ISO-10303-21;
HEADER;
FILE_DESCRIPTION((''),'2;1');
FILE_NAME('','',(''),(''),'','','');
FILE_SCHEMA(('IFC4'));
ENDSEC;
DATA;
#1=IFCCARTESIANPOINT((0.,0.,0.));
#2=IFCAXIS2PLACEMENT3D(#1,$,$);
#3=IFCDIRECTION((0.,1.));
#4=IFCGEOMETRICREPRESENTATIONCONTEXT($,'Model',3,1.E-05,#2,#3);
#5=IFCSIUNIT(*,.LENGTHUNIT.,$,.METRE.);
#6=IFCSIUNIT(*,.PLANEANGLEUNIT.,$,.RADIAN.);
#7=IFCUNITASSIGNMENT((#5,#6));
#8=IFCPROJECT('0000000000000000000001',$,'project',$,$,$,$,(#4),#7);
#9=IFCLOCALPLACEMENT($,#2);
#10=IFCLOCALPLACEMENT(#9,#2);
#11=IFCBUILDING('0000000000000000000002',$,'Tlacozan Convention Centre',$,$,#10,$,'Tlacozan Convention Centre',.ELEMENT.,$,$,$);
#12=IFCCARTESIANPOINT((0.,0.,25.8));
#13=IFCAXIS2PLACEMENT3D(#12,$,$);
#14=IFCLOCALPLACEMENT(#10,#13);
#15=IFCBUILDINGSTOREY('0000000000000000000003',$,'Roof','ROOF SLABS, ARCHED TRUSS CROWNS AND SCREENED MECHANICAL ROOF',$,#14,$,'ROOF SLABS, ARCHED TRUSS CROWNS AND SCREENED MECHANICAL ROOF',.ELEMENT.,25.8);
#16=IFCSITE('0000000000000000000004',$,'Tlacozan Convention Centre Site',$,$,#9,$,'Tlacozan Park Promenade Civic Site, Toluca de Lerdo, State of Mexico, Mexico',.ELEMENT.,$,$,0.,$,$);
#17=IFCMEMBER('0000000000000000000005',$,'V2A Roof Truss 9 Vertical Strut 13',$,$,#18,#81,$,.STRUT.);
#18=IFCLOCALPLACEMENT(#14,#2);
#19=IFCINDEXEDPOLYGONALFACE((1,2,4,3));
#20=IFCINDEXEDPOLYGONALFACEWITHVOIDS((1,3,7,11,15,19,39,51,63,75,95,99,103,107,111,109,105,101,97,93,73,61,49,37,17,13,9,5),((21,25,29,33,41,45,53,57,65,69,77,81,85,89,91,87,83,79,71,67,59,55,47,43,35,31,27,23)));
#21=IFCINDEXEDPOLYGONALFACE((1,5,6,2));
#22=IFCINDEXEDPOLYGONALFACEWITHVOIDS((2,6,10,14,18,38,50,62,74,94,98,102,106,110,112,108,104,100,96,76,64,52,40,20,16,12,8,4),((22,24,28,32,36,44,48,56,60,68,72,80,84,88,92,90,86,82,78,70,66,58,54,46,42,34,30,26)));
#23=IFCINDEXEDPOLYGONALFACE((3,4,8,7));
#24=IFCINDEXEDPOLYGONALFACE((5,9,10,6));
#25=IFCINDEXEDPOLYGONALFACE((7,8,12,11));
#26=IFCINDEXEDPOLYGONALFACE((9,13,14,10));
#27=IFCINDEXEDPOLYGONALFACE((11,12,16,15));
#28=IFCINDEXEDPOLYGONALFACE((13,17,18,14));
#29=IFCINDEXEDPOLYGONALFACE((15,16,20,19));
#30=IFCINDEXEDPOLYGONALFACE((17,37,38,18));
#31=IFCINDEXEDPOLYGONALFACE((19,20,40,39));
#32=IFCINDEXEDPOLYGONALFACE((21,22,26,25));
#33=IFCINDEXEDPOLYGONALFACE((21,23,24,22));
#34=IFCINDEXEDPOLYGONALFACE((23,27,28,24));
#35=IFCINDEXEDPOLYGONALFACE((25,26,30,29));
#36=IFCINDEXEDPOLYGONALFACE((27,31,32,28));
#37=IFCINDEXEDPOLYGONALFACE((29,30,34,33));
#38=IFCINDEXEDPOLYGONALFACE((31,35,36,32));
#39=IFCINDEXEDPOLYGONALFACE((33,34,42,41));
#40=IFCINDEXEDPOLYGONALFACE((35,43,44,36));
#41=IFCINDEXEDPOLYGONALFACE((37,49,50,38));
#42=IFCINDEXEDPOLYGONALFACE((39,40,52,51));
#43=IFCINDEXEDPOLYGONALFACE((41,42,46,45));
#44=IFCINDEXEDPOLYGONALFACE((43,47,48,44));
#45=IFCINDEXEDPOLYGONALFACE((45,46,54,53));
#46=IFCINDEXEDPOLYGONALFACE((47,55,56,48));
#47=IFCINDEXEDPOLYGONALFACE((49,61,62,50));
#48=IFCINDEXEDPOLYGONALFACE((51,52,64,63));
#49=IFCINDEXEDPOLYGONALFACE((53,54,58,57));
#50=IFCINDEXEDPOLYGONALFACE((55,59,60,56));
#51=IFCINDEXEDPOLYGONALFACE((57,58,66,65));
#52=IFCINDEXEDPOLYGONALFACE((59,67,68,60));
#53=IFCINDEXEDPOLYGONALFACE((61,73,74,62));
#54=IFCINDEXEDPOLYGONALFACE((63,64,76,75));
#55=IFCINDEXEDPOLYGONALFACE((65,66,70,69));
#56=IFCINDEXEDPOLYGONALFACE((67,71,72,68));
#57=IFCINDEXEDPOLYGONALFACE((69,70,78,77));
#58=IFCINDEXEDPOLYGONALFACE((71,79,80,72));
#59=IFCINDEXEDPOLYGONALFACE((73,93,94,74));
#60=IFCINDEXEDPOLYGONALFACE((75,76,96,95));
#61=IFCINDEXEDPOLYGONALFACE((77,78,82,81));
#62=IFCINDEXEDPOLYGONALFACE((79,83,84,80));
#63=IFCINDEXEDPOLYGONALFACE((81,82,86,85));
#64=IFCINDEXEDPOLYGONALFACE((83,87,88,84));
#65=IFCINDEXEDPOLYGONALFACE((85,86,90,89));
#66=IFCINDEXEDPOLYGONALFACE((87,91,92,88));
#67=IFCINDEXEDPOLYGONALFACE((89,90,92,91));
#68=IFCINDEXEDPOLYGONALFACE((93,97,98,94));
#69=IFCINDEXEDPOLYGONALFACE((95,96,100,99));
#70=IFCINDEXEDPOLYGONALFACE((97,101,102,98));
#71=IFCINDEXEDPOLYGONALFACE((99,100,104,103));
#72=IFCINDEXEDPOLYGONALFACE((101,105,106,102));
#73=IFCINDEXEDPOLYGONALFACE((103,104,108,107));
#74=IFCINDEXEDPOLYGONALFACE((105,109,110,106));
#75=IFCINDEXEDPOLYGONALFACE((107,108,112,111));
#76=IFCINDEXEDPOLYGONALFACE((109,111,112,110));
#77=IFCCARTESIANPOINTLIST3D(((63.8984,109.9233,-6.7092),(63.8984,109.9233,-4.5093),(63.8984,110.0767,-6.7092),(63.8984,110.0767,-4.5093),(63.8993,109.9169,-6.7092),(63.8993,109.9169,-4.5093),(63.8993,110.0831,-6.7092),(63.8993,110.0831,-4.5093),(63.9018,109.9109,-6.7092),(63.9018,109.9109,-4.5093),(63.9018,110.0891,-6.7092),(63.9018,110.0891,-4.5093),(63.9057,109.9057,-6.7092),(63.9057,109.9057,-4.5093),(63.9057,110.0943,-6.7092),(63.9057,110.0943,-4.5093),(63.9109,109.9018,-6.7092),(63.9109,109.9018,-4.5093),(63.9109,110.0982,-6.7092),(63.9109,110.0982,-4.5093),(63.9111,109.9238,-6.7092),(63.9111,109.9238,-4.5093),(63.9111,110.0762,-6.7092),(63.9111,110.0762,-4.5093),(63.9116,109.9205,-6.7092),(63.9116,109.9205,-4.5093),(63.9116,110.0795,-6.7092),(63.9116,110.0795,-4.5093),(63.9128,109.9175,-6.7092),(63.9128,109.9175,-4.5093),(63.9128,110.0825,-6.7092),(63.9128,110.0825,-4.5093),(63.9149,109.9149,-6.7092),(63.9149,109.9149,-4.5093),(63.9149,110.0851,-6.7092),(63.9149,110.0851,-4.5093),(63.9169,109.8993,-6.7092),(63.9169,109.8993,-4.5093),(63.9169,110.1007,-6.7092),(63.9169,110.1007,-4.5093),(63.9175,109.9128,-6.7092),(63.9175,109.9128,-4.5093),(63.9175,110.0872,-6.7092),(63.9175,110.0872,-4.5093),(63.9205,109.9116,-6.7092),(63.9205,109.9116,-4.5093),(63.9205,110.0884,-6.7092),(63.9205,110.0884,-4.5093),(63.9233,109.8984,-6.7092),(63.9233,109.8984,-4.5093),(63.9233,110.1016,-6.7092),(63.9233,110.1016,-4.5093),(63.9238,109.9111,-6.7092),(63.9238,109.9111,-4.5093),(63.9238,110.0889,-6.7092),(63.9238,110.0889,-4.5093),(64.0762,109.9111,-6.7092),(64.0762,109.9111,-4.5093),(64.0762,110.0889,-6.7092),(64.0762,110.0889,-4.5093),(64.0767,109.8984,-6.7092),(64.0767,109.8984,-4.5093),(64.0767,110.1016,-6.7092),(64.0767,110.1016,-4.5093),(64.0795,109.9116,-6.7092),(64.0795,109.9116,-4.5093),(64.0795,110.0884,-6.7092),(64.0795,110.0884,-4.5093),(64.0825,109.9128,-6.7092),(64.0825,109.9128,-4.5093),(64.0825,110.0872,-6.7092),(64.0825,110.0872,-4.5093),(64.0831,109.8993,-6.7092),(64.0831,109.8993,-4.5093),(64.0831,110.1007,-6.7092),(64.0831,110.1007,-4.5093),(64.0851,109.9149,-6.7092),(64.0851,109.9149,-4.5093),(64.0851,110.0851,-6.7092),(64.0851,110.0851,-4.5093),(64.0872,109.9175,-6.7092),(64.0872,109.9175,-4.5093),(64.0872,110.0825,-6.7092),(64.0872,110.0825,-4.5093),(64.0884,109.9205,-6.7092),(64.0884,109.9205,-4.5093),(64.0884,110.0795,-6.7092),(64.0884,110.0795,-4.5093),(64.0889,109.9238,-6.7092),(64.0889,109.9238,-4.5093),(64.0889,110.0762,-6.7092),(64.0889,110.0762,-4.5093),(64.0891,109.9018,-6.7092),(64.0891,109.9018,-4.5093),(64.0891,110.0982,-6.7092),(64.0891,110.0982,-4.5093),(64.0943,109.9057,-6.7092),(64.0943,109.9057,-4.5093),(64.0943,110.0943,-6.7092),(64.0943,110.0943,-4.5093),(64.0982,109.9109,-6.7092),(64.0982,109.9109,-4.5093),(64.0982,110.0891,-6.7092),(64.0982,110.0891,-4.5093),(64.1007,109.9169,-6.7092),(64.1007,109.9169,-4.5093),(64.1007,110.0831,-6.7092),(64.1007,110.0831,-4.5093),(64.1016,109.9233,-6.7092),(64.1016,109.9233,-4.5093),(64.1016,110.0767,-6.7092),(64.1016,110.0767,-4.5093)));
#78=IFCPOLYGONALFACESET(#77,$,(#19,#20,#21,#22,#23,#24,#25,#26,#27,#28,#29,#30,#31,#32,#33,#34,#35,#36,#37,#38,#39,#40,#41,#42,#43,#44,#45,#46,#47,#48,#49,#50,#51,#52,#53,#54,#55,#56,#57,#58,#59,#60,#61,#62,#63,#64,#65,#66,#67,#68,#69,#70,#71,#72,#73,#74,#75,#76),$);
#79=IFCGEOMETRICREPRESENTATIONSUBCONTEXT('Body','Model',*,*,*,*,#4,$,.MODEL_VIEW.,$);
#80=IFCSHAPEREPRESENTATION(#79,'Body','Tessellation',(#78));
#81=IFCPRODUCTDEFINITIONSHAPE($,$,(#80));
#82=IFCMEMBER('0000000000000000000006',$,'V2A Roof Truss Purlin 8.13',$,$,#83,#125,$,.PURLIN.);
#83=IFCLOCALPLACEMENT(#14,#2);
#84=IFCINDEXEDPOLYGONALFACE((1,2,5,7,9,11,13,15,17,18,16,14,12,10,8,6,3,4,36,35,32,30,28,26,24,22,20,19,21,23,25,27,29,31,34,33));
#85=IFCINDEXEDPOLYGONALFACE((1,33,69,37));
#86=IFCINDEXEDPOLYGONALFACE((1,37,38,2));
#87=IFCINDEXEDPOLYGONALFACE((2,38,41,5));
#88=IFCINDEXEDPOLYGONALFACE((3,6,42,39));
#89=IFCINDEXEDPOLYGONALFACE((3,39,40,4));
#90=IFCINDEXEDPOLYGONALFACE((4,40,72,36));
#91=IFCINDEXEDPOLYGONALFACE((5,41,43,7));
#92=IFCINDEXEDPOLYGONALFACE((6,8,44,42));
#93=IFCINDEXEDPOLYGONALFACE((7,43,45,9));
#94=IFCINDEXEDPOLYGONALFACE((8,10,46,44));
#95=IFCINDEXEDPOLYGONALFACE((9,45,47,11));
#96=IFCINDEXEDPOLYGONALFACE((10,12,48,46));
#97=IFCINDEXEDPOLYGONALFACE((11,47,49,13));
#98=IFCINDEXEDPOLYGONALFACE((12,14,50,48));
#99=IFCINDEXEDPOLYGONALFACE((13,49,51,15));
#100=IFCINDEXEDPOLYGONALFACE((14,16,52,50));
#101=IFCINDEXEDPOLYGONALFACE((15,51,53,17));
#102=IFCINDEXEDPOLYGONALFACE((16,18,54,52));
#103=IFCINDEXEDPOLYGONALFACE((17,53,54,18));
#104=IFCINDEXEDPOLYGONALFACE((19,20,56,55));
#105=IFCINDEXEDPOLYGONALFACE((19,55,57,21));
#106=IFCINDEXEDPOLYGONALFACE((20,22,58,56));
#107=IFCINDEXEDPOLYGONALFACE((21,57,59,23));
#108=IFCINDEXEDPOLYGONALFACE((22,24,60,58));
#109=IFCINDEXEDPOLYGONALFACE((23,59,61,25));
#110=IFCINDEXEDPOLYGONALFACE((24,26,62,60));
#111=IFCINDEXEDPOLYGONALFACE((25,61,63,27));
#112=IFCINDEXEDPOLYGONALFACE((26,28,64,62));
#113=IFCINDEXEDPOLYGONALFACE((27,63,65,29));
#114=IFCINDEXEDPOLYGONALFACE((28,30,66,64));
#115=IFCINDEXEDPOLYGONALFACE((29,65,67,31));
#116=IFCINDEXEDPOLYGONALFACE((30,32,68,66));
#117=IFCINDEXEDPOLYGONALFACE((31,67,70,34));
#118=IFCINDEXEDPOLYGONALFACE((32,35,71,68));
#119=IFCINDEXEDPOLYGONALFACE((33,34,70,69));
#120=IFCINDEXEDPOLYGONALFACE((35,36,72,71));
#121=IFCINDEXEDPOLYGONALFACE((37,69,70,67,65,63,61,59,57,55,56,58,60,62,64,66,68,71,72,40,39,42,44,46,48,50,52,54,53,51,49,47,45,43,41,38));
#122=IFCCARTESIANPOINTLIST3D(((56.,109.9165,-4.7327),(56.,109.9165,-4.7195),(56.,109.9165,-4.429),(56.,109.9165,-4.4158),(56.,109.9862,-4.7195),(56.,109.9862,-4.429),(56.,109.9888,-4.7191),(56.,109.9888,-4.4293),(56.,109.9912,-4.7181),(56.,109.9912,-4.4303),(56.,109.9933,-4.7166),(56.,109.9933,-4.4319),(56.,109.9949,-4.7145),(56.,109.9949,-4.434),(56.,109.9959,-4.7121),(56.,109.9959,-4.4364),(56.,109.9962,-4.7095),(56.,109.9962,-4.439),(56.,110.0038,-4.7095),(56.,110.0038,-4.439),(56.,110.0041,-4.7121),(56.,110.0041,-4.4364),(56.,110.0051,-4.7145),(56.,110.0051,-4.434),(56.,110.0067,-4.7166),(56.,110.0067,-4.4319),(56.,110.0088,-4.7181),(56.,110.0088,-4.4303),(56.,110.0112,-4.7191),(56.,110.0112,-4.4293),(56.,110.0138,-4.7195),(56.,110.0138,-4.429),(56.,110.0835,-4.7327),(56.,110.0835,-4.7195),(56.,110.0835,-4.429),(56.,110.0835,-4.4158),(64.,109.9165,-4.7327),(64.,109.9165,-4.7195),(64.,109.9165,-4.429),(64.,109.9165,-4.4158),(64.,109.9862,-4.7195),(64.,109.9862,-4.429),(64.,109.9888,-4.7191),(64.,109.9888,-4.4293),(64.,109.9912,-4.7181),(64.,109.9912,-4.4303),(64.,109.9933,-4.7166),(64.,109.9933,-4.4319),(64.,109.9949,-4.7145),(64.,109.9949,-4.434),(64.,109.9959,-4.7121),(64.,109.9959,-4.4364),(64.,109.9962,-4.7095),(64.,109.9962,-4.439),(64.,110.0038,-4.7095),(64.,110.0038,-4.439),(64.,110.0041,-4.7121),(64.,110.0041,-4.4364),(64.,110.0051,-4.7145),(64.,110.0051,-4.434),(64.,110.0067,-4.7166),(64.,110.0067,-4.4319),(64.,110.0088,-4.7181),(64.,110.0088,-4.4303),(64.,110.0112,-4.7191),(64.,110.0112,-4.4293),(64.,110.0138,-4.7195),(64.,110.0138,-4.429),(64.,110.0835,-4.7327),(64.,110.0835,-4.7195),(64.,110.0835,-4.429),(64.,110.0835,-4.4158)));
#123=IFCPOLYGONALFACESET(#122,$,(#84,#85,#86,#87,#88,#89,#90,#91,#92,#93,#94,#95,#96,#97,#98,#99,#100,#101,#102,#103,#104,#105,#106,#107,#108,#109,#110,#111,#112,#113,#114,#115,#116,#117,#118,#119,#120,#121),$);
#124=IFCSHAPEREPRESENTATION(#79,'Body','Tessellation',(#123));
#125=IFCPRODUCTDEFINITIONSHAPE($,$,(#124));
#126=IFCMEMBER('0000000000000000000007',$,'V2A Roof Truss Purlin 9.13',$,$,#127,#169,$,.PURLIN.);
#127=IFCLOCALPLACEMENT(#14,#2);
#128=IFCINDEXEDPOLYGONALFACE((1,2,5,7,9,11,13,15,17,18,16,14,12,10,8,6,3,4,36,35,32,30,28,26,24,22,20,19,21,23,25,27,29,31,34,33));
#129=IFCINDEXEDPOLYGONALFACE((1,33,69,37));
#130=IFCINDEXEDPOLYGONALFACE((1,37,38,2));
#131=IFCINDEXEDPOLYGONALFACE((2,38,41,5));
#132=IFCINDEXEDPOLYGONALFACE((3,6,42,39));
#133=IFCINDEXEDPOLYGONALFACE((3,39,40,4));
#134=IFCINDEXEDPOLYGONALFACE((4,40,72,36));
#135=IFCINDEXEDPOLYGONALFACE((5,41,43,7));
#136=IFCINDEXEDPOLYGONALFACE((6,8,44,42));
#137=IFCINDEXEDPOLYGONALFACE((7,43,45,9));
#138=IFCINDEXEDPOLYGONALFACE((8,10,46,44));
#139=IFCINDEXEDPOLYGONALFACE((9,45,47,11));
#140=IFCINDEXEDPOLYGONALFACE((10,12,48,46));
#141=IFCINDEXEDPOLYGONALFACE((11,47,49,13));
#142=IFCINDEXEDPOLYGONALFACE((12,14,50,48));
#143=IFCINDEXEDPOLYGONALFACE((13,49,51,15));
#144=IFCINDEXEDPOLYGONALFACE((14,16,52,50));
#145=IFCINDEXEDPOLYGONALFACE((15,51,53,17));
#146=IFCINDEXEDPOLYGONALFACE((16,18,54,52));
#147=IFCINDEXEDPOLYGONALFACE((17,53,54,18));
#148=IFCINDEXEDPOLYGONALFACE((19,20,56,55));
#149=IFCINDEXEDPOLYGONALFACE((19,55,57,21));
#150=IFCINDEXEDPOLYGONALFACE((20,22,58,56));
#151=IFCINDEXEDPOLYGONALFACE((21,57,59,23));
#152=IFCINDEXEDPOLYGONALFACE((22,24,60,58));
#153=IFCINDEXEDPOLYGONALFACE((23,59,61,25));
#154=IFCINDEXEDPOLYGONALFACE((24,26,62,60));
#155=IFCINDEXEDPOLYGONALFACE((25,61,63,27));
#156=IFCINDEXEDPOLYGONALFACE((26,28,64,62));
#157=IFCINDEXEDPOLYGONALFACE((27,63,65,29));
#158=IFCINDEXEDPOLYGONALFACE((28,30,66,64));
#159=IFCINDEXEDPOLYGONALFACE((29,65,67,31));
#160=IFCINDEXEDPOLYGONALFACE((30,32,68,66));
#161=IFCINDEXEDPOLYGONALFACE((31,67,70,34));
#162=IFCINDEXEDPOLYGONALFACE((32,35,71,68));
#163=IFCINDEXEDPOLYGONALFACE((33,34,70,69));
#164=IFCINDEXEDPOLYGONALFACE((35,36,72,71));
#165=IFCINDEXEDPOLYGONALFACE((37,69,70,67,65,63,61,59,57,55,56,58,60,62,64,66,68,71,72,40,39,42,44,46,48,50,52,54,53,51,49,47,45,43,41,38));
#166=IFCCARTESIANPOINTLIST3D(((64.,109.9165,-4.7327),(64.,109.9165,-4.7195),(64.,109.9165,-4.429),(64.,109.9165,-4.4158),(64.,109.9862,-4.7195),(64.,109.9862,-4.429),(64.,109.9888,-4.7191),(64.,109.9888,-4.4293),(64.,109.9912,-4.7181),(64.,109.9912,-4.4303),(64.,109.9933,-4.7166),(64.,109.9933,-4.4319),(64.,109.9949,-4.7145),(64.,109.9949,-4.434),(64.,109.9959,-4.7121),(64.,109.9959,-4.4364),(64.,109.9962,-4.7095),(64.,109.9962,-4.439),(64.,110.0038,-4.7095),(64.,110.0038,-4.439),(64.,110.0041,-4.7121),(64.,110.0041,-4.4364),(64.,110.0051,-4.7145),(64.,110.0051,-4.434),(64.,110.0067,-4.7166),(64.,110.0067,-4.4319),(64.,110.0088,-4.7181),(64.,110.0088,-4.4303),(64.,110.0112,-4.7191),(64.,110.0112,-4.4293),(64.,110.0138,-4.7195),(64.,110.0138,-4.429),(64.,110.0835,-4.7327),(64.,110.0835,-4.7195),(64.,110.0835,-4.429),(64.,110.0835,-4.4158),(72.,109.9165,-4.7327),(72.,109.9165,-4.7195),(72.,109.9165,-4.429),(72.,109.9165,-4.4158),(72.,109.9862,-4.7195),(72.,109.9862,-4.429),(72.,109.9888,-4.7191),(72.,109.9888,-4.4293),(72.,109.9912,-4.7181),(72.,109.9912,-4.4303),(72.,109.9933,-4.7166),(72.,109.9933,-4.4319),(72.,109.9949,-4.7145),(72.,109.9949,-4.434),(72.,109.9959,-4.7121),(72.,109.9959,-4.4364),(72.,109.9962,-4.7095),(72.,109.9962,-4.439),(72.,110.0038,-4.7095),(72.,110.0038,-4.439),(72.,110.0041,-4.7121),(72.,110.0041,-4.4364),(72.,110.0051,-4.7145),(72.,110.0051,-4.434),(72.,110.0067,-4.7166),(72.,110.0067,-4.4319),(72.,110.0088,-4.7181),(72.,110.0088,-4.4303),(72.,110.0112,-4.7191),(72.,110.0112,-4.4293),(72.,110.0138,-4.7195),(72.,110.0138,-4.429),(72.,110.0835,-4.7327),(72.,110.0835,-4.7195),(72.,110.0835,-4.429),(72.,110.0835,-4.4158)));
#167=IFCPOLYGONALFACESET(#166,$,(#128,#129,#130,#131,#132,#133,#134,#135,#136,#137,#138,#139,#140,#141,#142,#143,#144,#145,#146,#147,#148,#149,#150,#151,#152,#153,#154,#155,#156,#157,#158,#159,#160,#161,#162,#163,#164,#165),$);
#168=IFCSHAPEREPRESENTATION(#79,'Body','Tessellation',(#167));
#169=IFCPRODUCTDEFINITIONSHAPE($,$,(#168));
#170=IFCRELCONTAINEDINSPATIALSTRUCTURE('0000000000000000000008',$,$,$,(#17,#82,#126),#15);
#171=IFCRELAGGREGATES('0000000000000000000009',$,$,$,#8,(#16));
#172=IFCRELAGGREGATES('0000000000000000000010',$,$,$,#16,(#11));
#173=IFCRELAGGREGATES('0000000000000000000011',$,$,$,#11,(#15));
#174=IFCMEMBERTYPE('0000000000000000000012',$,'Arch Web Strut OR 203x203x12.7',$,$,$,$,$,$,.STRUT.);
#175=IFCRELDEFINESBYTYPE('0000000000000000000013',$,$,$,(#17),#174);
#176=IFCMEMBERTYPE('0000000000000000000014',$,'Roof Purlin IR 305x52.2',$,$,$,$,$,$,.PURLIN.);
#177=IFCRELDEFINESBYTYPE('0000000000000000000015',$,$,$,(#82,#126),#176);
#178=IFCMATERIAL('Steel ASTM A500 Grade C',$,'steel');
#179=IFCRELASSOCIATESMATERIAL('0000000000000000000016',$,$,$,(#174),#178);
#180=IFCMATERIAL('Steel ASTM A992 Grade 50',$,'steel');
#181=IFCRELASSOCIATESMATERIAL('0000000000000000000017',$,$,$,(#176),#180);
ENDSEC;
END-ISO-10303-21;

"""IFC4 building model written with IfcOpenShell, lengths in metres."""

from ifc_helpers import new_model, si_unit, direction, frame, origin, origin_2d, place, context, subcontext, project, spatial, hollow_rectangle, i_section, extrude, material, material_profile, profile_set, type_object, element, save


model = new_model("IFC4")

# Units and contexts
model_context = context("Model", 3, precision=1e-05, world=origin(), true_north=direction((0.0, 1.0)))
body_context = subcontext(model_context, "Body", "Model", "MODEL_VIEW")
ifc_project = project(units=[si_unit("LENGTHUNIT", "METRE"), si_unit("PLANEANGLEUNIT", "RADIAN")], contexts=[model_context])

# Site, building, storey
site_placement = place(None, origin())
site = spatial("IfcSite", under=ifc_project, at=site_placement, Name="Tlacozan Convention Centre Site", LongName="Tlacozan Park Promenade Civic Site, Toluca de Lerdo, State of Mexico, Mexico", CompositionType="ELEMENT", RefElevation=0.0)
building_placement = place(site_placement, origin())
building = spatial("IfcBuilding", under=site, at=building_placement, Name="Tlacozan Convention Centre", LongName="Tlacozan Convention Centre", CompositionType="ELEMENT")
storey_placement = place(building_placement, frame((0.0, 0.0, 25.8)))
storey = spatial("IfcBuildingStorey", under=building, at=storey_placement, Name="Roof", Description="ROOF SLABS, ARCHED TRUSS CROWNS AND SCREENED MECHANICAL ROOF", LongName="ROOF SLABS, ARCHED TRUSS CROWNS AND SCREENED MECHANICAL ROOF", CompositionType="ELEMENT", Elevation=25.8)

# Members
ifc_material_1 = material(Name="Steel ASTM A500 Grade C", Category="steel")
ifc_material_profile_1 = material_profile(ifc_material_1, hollow_rectangle(XDim=0.2031, YDim=0.2031, WallThickness=0.0127, InnerFilletRadius=0.0127, OuterFilletRadius=0.0249, at=origin_2d()), Name="OR 203x203x12.7")
ifc_profile_set_1 = profile_set([ifc_material_profile_1], Name="Steel ASTM A500 Grade C")
member_type_1 = type_object("IfcMemberType", Name="Arch Web Strut OR 203x203x12.7", PredefinedType="STRUT", material=ifc_profile_set_1)
for number, where, z_axis, x_axis, name in (
    (1, (64.0, 110.0, -6.7092), (0.0, 0.0, 1.0), (1.0, 0.0, 0.0), "V2A Roof Truss 9 Vertical Strut 13"),
):
    element("IfcMember", number, at=place(storey_placement, frame(where, z_axis=z_axis, x_axis=x_axis)), inside=storey, type_object=member_type_1, Name=name, PredefinedType="STRUT", context=body_context, shape_type="SweptSolid", body=[
        extrude(hollow_rectangle(XDim=0.2031, YDim=0.2031, WallThickness=0.0127, InnerFilletRadius=0.0127, OuterFilletRadius=0.0249, at=origin_2d()), origin(), (0.0, 0.0, 1.0), 2.2),
    ])
ifc_material_2 = material(Name="Steel ASTM A992 Grade 50", Category="steel")
ifc_material_profile_2 = material_profile(ifc_material_2, i_section(OverallWidth=0.167, OverallDepth=0.3169, WebThickness=0.0076, FlangeThickness=0.0132, FilletRadius=0.01, at=origin_2d()), Name="IR 305x52.2")
ifc_profile_set_2 = profile_set([ifc_material_profile_2], Name="Steel ASTM A992 Grade 50")
member_type_2 = type_object("IfcMemberType", Name="Roof Purlin IR 305x52.2", PredefinedType="PURLIN", material=ifc_profile_set_2)
for number, where, z_axis, x_axis, name in (
    (2, (56.0, 110.0, -4.5742), (1.0, 0.0, 0.0), (0.0, 1.0, 0.0), "V2A Roof Truss Purlin 8.13"),
    (3, (64.0, 110.0, -4.5742), (1.0, 0.0, 0.0), (0.0, 1.0, 0.0), "V2A Roof Truss Purlin 9.13"),
):
    element("IfcMember", number, at=place(storey_placement, frame(where, z_axis=z_axis, x_axis=x_axis)), inside=storey, type_object=member_type_2, Name=name, PredefinedType="PURLIN", context=body_context, shape_type="SweptSolid", body=[
        extrude(i_section(OverallWidth=0.167, OverallDepth=0.3169, WebThickness=0.0076, FlangeThickness=0.0132, FilletRadius=0.01, at=origin_2d()), origin(), (0.0, 0.0, 1.0), 8.0),
    ])

save(model, "model.ifc")
